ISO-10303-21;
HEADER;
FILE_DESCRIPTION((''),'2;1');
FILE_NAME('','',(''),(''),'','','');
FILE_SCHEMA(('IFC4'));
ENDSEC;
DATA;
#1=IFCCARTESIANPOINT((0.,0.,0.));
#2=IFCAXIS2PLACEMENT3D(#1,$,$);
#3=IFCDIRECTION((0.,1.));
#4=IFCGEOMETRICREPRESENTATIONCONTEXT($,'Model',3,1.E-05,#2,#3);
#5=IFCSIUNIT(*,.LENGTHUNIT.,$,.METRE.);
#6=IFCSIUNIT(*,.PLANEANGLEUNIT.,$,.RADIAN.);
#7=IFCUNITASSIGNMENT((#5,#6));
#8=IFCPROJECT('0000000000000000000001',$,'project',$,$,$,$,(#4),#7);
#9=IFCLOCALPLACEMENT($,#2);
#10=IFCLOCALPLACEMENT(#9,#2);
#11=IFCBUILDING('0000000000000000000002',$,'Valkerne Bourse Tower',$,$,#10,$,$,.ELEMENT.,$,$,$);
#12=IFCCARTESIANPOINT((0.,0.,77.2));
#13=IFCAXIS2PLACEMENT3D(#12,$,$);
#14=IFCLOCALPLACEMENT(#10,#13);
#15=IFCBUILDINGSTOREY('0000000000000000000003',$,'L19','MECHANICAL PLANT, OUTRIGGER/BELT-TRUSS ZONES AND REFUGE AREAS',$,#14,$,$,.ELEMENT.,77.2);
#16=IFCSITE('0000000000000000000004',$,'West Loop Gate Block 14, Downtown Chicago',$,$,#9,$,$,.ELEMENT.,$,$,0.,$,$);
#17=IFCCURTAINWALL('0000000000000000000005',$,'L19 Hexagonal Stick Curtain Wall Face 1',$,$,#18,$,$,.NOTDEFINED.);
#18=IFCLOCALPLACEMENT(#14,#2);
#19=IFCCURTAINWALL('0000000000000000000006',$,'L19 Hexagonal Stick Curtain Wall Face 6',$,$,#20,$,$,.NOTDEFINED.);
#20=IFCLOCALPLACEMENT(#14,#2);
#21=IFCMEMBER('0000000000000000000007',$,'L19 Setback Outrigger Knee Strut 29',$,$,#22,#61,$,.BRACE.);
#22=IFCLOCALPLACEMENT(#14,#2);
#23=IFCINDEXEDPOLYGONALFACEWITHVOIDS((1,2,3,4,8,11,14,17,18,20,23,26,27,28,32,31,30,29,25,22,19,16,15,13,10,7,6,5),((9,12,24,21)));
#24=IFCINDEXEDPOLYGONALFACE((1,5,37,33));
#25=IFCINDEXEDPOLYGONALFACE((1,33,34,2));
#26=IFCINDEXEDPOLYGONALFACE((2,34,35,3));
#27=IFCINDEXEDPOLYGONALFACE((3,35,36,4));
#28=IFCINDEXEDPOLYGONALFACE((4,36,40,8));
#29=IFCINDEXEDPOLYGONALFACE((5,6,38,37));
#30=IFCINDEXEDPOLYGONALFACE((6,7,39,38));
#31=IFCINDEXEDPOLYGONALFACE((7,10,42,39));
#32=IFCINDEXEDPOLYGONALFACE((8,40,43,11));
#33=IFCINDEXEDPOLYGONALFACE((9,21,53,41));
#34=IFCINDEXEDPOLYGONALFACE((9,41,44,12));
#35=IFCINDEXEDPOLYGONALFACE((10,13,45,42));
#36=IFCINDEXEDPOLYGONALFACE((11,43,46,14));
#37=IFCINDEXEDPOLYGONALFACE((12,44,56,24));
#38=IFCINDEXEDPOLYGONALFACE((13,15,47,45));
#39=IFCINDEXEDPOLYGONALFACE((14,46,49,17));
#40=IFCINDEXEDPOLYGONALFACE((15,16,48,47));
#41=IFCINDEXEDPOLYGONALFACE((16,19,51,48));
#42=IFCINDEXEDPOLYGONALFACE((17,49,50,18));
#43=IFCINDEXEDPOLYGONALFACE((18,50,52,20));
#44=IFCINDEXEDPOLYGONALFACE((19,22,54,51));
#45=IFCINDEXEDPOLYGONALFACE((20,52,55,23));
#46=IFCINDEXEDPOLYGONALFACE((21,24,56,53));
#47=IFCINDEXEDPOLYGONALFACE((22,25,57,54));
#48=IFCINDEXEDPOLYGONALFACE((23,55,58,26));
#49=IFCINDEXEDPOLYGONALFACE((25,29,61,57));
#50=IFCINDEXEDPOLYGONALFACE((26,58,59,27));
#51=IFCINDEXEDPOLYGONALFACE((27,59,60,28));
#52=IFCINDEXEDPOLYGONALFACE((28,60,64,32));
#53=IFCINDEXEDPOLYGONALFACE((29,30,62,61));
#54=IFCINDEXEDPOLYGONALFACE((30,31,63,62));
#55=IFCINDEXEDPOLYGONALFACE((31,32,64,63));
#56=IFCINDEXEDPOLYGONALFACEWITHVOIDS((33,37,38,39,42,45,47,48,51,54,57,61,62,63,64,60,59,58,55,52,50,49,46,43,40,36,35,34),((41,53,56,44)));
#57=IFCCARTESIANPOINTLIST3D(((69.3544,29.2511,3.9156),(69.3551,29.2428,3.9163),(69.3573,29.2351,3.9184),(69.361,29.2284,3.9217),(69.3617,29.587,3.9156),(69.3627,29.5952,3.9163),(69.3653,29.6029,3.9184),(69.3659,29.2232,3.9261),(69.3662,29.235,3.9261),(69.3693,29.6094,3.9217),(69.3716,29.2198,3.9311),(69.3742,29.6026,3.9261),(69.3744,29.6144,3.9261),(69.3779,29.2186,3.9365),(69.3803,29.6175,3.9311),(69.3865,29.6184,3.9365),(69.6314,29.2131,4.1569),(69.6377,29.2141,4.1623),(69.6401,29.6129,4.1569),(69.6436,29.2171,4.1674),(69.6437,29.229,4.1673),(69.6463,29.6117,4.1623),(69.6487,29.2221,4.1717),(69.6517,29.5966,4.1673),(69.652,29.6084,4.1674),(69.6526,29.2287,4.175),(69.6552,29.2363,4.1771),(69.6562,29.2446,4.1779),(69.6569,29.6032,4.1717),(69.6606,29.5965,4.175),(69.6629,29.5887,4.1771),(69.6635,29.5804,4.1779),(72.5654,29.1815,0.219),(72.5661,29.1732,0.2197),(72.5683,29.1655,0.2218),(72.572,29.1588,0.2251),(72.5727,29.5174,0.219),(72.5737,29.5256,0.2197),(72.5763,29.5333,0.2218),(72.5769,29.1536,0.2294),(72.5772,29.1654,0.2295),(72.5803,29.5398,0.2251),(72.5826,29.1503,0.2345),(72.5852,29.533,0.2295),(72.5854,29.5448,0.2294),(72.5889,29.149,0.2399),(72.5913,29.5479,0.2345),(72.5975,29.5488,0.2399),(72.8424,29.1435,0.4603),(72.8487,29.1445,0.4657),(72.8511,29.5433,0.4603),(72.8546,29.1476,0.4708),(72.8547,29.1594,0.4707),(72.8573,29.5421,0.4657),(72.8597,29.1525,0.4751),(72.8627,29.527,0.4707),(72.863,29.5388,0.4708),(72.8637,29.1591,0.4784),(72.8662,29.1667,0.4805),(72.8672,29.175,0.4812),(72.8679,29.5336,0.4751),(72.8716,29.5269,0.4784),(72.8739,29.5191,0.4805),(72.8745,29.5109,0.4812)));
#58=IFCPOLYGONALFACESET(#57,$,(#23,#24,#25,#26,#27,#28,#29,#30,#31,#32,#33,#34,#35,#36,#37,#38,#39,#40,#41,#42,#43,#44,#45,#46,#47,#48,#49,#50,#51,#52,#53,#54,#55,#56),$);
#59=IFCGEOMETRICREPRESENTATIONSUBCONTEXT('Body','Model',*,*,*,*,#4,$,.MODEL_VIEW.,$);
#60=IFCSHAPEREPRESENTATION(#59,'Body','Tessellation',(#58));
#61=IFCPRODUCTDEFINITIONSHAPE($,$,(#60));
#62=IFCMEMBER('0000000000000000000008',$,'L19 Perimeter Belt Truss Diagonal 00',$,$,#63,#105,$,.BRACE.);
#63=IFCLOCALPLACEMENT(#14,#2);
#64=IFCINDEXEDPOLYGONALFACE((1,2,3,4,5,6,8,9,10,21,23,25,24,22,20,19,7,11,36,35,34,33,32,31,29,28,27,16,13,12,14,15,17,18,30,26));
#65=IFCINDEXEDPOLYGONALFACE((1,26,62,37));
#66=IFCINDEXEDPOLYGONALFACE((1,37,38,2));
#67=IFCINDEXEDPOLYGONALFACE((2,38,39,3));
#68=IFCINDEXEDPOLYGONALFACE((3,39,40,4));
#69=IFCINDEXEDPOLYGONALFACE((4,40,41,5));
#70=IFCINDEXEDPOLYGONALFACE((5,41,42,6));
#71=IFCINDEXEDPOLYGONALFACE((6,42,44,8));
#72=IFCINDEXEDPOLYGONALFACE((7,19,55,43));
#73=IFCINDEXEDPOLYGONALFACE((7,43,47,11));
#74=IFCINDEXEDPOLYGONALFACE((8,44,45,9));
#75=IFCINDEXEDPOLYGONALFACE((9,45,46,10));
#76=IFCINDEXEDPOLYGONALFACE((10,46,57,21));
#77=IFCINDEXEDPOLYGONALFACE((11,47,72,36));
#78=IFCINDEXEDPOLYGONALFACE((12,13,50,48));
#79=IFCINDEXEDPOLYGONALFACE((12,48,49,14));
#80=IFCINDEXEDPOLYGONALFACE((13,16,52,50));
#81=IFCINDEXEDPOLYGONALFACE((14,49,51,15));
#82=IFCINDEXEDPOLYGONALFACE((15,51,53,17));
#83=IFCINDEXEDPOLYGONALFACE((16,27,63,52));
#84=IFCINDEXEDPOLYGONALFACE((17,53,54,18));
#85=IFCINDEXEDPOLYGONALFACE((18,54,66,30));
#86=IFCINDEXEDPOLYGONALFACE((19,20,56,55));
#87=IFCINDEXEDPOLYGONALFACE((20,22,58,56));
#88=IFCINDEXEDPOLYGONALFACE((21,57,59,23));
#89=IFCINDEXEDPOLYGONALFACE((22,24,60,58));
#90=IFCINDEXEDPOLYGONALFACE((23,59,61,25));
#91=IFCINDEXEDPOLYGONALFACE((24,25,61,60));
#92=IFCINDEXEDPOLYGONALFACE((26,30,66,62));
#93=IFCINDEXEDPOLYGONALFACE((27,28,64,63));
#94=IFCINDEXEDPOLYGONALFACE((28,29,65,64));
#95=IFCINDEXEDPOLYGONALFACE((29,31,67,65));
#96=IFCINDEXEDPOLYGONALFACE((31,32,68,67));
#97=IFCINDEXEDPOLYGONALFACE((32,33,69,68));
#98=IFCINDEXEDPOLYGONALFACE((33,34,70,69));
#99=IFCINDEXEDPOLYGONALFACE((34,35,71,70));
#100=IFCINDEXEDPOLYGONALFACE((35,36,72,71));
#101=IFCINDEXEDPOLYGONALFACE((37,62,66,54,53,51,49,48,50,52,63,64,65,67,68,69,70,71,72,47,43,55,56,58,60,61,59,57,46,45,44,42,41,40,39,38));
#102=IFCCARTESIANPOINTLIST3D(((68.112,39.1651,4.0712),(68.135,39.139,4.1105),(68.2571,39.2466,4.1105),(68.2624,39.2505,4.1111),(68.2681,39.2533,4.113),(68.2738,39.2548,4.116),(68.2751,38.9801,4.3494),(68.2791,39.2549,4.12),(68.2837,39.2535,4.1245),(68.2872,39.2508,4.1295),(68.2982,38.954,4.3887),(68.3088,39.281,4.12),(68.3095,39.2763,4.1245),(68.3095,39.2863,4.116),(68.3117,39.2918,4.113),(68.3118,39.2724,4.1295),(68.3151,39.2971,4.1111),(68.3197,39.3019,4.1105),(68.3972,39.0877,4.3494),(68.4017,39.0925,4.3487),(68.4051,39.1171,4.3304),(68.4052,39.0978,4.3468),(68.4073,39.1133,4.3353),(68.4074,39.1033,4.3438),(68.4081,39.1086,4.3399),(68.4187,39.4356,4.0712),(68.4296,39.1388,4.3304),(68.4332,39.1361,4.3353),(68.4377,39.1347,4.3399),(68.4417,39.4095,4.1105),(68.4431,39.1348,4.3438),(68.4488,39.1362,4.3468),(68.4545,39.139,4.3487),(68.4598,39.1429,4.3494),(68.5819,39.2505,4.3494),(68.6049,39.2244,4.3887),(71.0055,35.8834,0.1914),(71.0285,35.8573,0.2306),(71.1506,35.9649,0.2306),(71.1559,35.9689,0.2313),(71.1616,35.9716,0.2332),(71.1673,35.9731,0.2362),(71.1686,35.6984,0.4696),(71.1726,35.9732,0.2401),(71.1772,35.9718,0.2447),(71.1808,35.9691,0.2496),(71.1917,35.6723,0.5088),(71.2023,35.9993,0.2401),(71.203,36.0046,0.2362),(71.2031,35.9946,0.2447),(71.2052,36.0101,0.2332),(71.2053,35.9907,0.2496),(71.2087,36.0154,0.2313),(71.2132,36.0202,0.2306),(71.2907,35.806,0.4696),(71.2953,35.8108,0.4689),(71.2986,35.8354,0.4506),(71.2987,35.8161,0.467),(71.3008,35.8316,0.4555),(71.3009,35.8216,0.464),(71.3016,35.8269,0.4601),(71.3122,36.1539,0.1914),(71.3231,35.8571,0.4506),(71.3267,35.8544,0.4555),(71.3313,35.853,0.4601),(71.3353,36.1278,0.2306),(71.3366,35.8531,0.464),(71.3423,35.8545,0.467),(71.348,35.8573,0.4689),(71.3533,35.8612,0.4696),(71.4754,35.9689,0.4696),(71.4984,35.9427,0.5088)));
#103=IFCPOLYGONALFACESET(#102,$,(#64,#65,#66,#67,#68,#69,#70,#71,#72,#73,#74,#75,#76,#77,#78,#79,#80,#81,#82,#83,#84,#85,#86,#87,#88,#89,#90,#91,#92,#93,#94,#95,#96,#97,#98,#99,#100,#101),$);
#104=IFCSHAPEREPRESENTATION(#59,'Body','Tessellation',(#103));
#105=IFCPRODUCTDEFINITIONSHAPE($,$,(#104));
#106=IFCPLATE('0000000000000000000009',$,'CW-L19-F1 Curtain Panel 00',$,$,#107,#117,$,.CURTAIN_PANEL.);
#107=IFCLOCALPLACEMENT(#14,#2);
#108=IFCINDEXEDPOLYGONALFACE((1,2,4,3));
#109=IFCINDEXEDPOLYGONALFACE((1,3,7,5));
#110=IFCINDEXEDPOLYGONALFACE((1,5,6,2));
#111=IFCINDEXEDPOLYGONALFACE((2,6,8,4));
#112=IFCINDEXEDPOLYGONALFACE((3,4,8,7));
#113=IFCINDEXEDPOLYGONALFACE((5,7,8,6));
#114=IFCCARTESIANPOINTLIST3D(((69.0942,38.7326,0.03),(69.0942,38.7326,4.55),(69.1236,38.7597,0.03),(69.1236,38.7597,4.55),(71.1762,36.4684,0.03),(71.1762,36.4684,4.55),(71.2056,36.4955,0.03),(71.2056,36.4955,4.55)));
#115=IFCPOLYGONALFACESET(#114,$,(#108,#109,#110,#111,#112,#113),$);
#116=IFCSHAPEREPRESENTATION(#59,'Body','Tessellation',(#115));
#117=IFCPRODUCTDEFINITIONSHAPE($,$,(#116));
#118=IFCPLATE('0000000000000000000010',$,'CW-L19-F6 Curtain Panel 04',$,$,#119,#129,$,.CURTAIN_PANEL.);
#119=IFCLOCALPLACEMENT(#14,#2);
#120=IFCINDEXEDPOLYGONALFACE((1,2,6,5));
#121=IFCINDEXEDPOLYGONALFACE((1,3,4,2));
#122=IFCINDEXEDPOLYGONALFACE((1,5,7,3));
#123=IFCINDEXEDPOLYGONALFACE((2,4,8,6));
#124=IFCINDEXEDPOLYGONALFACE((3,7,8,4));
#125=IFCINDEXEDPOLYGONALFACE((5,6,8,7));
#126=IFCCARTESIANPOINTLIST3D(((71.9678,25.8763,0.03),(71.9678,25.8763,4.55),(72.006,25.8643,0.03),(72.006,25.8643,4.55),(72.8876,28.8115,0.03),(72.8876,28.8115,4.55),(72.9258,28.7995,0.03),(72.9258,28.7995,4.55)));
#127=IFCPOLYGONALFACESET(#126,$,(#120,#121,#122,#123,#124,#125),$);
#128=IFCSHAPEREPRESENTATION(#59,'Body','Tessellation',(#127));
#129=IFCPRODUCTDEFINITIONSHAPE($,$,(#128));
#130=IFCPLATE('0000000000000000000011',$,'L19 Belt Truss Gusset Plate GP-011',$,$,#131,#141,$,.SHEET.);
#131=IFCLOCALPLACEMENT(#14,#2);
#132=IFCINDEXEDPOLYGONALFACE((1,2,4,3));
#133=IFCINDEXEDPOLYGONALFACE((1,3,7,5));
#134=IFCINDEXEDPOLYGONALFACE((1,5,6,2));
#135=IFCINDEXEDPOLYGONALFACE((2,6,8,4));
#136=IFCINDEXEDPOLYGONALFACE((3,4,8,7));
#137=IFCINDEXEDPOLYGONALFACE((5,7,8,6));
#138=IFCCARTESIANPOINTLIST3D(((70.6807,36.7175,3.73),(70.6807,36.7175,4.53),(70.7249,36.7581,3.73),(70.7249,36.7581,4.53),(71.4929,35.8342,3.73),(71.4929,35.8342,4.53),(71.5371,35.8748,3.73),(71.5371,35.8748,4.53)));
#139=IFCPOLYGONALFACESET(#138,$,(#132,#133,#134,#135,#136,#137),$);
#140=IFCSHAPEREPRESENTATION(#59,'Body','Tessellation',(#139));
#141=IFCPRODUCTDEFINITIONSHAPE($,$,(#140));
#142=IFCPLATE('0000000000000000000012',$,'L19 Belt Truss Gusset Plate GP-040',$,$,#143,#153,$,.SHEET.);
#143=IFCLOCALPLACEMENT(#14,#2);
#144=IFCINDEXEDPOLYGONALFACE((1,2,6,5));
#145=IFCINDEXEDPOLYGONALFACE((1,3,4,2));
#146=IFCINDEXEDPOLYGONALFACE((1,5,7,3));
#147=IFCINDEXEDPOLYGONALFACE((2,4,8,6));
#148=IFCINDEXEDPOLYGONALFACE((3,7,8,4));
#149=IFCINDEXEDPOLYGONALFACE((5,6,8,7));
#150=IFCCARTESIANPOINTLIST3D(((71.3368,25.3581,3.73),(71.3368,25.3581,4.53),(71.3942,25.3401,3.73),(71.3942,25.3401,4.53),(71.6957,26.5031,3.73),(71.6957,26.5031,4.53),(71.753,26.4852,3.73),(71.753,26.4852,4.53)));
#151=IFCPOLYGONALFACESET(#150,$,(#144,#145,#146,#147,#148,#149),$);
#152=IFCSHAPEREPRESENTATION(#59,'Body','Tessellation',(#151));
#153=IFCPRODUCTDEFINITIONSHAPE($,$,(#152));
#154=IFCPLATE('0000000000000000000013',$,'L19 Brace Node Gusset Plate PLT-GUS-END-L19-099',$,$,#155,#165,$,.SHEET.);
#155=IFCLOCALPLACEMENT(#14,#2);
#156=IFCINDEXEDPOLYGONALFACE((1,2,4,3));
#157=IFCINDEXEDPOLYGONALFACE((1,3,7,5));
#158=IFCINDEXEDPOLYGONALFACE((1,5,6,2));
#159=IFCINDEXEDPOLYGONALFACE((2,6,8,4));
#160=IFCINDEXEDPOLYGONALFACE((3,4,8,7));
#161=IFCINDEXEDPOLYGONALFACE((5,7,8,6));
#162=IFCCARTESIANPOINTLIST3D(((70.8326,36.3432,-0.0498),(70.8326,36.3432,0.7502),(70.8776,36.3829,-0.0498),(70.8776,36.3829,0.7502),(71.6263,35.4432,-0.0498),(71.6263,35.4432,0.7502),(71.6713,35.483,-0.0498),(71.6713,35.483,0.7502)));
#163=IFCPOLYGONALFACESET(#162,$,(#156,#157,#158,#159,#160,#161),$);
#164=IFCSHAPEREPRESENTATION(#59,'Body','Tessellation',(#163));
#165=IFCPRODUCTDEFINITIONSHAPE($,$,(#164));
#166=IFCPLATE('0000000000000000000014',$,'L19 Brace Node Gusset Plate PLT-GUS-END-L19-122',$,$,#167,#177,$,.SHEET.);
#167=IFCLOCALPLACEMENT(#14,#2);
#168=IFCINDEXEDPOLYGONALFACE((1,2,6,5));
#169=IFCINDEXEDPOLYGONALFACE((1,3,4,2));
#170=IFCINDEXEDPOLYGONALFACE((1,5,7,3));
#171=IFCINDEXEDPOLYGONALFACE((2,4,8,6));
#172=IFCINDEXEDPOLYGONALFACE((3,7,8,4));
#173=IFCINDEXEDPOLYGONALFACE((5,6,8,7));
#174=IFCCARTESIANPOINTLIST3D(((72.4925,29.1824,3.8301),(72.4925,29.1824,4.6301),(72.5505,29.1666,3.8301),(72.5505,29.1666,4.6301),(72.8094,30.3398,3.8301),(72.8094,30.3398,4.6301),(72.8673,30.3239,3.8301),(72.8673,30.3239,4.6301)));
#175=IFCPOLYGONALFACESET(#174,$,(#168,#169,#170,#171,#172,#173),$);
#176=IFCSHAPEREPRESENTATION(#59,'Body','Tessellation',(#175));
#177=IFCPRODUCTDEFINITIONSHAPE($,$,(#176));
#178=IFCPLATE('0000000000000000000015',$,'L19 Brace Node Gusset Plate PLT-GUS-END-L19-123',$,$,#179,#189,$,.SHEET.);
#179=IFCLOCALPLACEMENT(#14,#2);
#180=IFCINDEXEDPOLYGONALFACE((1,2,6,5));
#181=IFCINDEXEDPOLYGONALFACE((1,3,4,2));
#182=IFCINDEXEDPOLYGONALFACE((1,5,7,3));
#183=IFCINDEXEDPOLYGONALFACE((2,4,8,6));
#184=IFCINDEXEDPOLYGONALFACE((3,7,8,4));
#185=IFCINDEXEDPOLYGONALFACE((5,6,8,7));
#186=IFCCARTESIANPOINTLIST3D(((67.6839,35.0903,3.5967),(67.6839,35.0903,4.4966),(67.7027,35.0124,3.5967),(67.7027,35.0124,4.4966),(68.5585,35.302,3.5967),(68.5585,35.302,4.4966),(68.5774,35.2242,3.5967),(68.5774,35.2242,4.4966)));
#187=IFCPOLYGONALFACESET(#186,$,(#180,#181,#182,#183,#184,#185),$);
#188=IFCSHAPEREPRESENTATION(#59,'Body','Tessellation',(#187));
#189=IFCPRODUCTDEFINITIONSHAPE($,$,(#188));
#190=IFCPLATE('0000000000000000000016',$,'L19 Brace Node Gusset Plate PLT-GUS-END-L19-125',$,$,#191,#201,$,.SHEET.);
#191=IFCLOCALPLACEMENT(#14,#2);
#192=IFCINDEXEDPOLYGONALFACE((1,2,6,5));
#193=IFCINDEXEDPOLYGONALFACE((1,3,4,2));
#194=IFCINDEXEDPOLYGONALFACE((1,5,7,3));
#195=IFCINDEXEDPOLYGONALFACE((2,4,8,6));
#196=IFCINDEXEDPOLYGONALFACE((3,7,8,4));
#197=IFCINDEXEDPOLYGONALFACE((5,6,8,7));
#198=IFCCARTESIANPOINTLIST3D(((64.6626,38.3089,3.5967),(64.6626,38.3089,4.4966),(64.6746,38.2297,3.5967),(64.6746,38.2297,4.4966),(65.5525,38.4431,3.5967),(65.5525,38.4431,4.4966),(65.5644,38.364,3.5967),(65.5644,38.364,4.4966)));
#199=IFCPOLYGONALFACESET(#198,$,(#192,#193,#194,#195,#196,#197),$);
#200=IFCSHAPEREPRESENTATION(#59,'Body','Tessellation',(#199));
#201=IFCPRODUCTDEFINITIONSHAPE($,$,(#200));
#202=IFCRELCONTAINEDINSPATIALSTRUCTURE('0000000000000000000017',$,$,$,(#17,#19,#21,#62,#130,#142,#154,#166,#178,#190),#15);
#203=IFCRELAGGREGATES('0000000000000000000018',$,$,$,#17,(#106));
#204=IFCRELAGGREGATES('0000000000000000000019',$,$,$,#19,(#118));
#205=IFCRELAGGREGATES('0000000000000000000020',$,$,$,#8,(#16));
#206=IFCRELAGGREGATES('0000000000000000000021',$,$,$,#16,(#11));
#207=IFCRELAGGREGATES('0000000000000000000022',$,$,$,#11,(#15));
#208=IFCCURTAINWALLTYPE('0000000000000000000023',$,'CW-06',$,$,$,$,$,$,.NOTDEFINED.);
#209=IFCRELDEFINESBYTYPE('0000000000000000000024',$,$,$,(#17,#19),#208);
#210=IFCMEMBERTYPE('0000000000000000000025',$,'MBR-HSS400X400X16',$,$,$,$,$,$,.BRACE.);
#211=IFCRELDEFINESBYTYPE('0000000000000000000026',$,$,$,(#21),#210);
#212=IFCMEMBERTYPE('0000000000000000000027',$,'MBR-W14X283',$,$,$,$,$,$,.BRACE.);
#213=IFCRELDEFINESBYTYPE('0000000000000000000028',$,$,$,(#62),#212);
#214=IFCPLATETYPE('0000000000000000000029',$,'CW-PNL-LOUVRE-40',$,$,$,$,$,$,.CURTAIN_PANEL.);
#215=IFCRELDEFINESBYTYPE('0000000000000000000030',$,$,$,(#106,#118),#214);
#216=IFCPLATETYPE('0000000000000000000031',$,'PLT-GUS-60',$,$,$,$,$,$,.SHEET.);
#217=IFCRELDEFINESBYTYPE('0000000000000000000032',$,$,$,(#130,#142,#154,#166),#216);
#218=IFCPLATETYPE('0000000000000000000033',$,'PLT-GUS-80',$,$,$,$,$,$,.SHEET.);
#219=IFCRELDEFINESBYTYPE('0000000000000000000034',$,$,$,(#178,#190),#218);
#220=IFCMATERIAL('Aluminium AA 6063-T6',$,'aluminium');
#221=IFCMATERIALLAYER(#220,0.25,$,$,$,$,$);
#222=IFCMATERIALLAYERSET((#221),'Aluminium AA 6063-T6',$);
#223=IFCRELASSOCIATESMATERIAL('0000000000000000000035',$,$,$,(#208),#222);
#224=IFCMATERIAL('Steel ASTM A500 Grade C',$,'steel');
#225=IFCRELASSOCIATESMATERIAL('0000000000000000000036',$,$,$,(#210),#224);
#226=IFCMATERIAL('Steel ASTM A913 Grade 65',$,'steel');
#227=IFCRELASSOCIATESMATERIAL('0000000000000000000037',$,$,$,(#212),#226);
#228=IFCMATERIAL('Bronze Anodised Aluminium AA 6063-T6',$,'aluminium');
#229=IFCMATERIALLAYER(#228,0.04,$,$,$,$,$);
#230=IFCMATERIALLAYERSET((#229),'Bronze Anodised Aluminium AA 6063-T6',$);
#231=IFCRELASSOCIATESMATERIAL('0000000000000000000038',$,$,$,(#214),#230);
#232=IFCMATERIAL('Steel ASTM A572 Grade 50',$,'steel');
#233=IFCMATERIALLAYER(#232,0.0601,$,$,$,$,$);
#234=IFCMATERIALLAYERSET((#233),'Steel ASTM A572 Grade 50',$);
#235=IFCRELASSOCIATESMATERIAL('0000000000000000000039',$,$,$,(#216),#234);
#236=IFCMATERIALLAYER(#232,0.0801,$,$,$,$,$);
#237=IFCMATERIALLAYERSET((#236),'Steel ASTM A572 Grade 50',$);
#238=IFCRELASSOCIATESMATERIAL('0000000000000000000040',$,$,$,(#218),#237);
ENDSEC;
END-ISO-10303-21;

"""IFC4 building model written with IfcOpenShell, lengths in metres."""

from ifc_helpers import new_model, si_unit, direction, frame, origin, origin_2d, place, context, subcontext, project, spatial, rectangle, hollow_rectangle, i_section, extrude, material, layer, layer_set, material_profile, profile_set, type_object, element, aggregate, save


model = new_model("IFC4")

# Units and contexts
model_context = context("Model", 3, precision=1e-05, world=origin(), true_north=direction((0.0, 1.0)))
body_context = subcontext(model_context, "Body", "Model", "MODEL_VIEW")
ifc_project = project(units=[si_unit("LENGTHUNIT", "METRE"), si_unit("PLANEANGLEUNIT", "RADIAN")], contexts=[model_context])

# Site, building, storey
site_placement = place(None, origin())
site = spatial("IfcSite", under=ifc_project, at=site_placement, Name="West Loop Gate Block 14, Downtown Chicago", CompositionType="ELEMENT", RefElevation=0.0)
building_placement = place(site_placement, origin())
building = spatial("IfcBuilding", under=site, at=building_placement, Name="Valkerne Bourse Tower", CompositionType="ELEMENT")
storey_placement = place(building_placement, frame((0.0, 0.0, 77.2)))
storey = spatial("IfcBuildingStorey", under=building, at=storey_placement, Name="L19", Description="MECHANICAL PLANT, OUTRIGGER/BELT-TRUSS ZONES AND REFUGE AREAS", CompositionType="ELEMENT", Elevation=77.2)

# Shared definitions
ifc_material_1 = material(Name="Steel ASTM A913 Grade 65", Category="steel")

# Curtain walls
ifc_material_2 = material(Name="Aluminium AA 6063-T6", Category="aluminium")
ifc_layer_1 = layer(ifc_material_2, 0.25)
ifc_layer_set_1 = layer_set([ifc_layer_1], Name="Aluminium AA 6063-T6")
curtain_wall_type = type_object("IfcCurtainWallType", Name="CW-06", PredefinedType="NOTDEFINED", material=ifc_layer_set_1)
curtain_wall_1_placement = place(storey_placement, origin())
curtain_wall_1 = element("IfcCurtainWall", 1, at=curtain_wall_1_placement, inside=storey, type_object=curtain_wall_type, Name="L19 Hexagonal Stick Curtain Wall Face 1", PredefinedType="NOTDEFINED")
curtain_wall_2_placement = place(storey_placement, origin())
curtain_wall_2 = element("IfcCurtainWall", 2, at=curtain_wall_2_placement, inside=storey, type_object=curtain_wall_type, Name="L19 Hexagonal Stick Curtain Wall Face 6", PredefinedType="NOTDEFINED")

# Members
ifc_material_3 = material(Name="Steel ASTM A500 Grade C", Category="steel")
ifc_material_profile_1 = material_profile(ifc_material_3, hollow_rectangle(XDim=0.3999, YDim=0.3999, WallThickness=0.0161, OuterFilletRadius=0.032, at=origin_2d()), Name="HSS400X400X16")
ifc_profile_set_1 = profile_set([ifc_material_profile_1], Name="Steel ASTM A500 Grade C")
member_type_1 = type_object("IfcMemberType", Name="MBR-HSS400X400X16", PredefinedType="BRACE", material=ifc_profile_set_1)
member_1_placement = place(storey_placement, frame((72.72, 29.3462, 0.3501), z_axis=(-0.655712, 0.014209, 0.754877), x_axis=(-0.021665, -0.999765, 0.0)))
element("IfcMember", 3, at=member_1_placement, inside=storey, type_object=member_type_1, Name="L19 Setback Outrigger Knee Strut 29", PredefinedType="BRACE", context=body_context, shape_type="SweptSolid", body=[
    extrude(hollow_rectangle(XDim=0.3999, YDim=0.3999, WallThickness=0.0161, OuterFilletRadius=0.032, at=origin_2d()), origin(), (0.0, 0.0, 1.0), 4.897),
])
ifc_material_profile_2 = material_profile(ifc_material_1, i_section(OverallWidth=0.4089, OverallDepth=0.4243, WebThickness=0.0327, FlangeThickness=0.0525, FilletRadius=0.0254, at=origin_2d()), Name="W14X283")
ifc_profile_set_2 = profile_set([ifc_material_profile_2], Name="Steel ASTM A913 Grade 65")
member_type_2 = type_object("IfcMemberType", Name="MBR-W14X283", PredefinedType="BRACE", material=ifc_profile_set_2)
member_2_placement = place(storey_placement, frame((71.252, 35.9131, 0.3501), z_axis=(-0.494817, 0.561199, 0.663485), x_axis=(-0.750076, -0.661352, 0.0)))
element("IfcMember", 4, at=member_2_placement, inside=storey, type_object=member_type_2, Name="L19 Perimeter Belt Truss Diagonal 00", PredefinedType="BRACE", context=body_context, shape_type="SweptSolid", body=[
    extrude(i_section(OverallWidth=0.4089, OverallDepth=0.4243, WebThickness=0.0327, FlangeThickness=0.0525, FilletRadius=0.0254, at=origin_2d()), origin(), (0.0, 0.0, 1.0), 5.8477),
])

# Plates
ifc_material_4 = material(Name="Bronze Anodised Aluminium AA 6063-T6", Category="aluminium")
ifc_layer_2 = layer(ifc_material_4, 0.04)
ifc_layer_set_2 = layer_set([ifc_layer_2], Name="Bronze Anodised Aluminium AA 6063-T6")
plate_type_1 = type_object("IfcPlateType", Name="CW-PNL-LOUVRE-40", PredefinedType="CURTAIN_PANEL", material=ifc_layer_set_2)
plate_1_placement = place(storey_placement, frame((70.1499, 37.614, 0.03), z_axis=(0.0, 0.0, 1.0), x_axis=(-0.676869, 0.736103, 0.0)))
plate_1 = element("IfcPlate", 5, at=plate_1_placement, type_object=plate_type_1, Name="CW-L19-F1 Curtain Panel 00", PredefinedType="CURTAIN_PANEL", context=body_context, shape_type="SweptSolid", body=[
    extrude(rectangle(XDim=3.0759, YDim=0.04, at=origin_2d()), origin(), (0.0, 0.0, 1.0), 4.52),
])
aggregate(curtain_wall_1, [plate_1])
plate_2_placement = place(storey_placement, frame((72.4468, 27.3379, 0.03), z_axis=(0.0, 0.0, 1.0), x_axis=(0.299044, 0.954239, 0.0)))
plate_2 = element("IfcPlate", 6, at=plate_2_placement, type_object=plate_type_1, Name="CW-L19-F6 Curtain Panel 04", PredefinedType="CURTAIN_PANEL", context=body_context, shape_type="SweptSolid", body=[
    extrude(rectangle(XDim=3.0759, YDim=0.04, at=origin_2d()), origin(), (0.0, 0.0, 1.0), 4.52),
])
aggregate(curtain_wall_2, [plate_2])

# Plates
ifc_material_5 = material(Name="Steel ASTM A572 Grade 50", Category="steel")
ifc_layer_3 = layer(ifc_material_5, 0.0601)
ifc_layer_set_3 = layer_set([ifc_layer_3], Name="Steel ASTM A572 Grade 50")
plate_type_2 = type_object("IfcPlateType", Name="PLT-GUS-60", PredefinedType="SHEET", material=ifc_layer_set_3)
for number, where, z_axis, x_axis, name in (
    (7, (71.1089, 36.2961, 3.73), (0.0, 0.0, 1.0), (-0.676876, 0.736097, 0.0), "L19 Belt Truss Gusset Plate GP-011"),
    (8, (71.5449, 25.9216, 3.73), (0.0, 0.0, 1.0), (0.299041, 0.95424, 0.0), "L19 Belt Truss Gusset Plate GP-040"),
    (9, (71.252, 35.9131, -0.0498), (0.0, 0.0, 1.0), (-0.661443, 0.749996, 0.0), "L19 Brace Node Gusset Plate PLT-GUS-END-L19-099"),
    (10, (72.6799, 29.7532, 3.8301), (0.0, 0.0, 1.0), (0.264041, 0.964511, 0.0), "L19 Brace Node Gusset Plate PLT-GUS-END-L19-122"),
):
    element("IfcPlate", number, at=place(storey_placement, frame(where, z_axis=z_axis, x_axis=x_axis)), inside=storey, type_object=plate_type_2, Name=name, PredefinedType="SHEET", context=body_context, shape_type="SweptSolid", body=[
        extrude(rectangle(XDim=1.2, YDim=0.0601, at=origin_2d()), origin(), (0.0, 0.0, 1.0), 0.8),
    ])
ifc_layer_4 = layer(ifc_material_5, 0.0801)
ifc_layer_set_4 = layer_set([ifc_layer_4], Name="Steel ASTM A572 Grade 50")
plate_type_3 = type_object("IfcPlateType", Name="PLT-GUS-80", PredefinedType="SHEET", material=ifc_layer_set_4)
for number, where, z_axis, x_axis, name in (
    (11, (68.1306, 35.1572, 3.5967), (0.0, 0.0, 1.0), (-0.97192, -0.235312, 0.0), "L19 Brace Node Gusset Plate PLT-GUS-END-L19-123"),
    (12, (65.1135, 38.3364, 3.5967), (0.0, 0.0, 1.0), (-0.988809, -0.14919, 0.0), "L19 Brace Node Gusset Plate PLT-GUS-END-L19-125"),
):
    element("IfcPlate", number, at=place(storey_placement, frame(where, z_axis=z_axis, x_axis=x_axis)), inside=storey, type_object=plate_type_3, Name=name, PredefinedType="SHEET", context=body_context, shape_type="SweptSolid", body=[
        extrude(rectangle(XDim=0.8999, YDim=0.0801, at=origin_2d()), origin(), (0.0, 0.0, 1.0), 0.8999),
    ])

save(model, "model.ifc")
